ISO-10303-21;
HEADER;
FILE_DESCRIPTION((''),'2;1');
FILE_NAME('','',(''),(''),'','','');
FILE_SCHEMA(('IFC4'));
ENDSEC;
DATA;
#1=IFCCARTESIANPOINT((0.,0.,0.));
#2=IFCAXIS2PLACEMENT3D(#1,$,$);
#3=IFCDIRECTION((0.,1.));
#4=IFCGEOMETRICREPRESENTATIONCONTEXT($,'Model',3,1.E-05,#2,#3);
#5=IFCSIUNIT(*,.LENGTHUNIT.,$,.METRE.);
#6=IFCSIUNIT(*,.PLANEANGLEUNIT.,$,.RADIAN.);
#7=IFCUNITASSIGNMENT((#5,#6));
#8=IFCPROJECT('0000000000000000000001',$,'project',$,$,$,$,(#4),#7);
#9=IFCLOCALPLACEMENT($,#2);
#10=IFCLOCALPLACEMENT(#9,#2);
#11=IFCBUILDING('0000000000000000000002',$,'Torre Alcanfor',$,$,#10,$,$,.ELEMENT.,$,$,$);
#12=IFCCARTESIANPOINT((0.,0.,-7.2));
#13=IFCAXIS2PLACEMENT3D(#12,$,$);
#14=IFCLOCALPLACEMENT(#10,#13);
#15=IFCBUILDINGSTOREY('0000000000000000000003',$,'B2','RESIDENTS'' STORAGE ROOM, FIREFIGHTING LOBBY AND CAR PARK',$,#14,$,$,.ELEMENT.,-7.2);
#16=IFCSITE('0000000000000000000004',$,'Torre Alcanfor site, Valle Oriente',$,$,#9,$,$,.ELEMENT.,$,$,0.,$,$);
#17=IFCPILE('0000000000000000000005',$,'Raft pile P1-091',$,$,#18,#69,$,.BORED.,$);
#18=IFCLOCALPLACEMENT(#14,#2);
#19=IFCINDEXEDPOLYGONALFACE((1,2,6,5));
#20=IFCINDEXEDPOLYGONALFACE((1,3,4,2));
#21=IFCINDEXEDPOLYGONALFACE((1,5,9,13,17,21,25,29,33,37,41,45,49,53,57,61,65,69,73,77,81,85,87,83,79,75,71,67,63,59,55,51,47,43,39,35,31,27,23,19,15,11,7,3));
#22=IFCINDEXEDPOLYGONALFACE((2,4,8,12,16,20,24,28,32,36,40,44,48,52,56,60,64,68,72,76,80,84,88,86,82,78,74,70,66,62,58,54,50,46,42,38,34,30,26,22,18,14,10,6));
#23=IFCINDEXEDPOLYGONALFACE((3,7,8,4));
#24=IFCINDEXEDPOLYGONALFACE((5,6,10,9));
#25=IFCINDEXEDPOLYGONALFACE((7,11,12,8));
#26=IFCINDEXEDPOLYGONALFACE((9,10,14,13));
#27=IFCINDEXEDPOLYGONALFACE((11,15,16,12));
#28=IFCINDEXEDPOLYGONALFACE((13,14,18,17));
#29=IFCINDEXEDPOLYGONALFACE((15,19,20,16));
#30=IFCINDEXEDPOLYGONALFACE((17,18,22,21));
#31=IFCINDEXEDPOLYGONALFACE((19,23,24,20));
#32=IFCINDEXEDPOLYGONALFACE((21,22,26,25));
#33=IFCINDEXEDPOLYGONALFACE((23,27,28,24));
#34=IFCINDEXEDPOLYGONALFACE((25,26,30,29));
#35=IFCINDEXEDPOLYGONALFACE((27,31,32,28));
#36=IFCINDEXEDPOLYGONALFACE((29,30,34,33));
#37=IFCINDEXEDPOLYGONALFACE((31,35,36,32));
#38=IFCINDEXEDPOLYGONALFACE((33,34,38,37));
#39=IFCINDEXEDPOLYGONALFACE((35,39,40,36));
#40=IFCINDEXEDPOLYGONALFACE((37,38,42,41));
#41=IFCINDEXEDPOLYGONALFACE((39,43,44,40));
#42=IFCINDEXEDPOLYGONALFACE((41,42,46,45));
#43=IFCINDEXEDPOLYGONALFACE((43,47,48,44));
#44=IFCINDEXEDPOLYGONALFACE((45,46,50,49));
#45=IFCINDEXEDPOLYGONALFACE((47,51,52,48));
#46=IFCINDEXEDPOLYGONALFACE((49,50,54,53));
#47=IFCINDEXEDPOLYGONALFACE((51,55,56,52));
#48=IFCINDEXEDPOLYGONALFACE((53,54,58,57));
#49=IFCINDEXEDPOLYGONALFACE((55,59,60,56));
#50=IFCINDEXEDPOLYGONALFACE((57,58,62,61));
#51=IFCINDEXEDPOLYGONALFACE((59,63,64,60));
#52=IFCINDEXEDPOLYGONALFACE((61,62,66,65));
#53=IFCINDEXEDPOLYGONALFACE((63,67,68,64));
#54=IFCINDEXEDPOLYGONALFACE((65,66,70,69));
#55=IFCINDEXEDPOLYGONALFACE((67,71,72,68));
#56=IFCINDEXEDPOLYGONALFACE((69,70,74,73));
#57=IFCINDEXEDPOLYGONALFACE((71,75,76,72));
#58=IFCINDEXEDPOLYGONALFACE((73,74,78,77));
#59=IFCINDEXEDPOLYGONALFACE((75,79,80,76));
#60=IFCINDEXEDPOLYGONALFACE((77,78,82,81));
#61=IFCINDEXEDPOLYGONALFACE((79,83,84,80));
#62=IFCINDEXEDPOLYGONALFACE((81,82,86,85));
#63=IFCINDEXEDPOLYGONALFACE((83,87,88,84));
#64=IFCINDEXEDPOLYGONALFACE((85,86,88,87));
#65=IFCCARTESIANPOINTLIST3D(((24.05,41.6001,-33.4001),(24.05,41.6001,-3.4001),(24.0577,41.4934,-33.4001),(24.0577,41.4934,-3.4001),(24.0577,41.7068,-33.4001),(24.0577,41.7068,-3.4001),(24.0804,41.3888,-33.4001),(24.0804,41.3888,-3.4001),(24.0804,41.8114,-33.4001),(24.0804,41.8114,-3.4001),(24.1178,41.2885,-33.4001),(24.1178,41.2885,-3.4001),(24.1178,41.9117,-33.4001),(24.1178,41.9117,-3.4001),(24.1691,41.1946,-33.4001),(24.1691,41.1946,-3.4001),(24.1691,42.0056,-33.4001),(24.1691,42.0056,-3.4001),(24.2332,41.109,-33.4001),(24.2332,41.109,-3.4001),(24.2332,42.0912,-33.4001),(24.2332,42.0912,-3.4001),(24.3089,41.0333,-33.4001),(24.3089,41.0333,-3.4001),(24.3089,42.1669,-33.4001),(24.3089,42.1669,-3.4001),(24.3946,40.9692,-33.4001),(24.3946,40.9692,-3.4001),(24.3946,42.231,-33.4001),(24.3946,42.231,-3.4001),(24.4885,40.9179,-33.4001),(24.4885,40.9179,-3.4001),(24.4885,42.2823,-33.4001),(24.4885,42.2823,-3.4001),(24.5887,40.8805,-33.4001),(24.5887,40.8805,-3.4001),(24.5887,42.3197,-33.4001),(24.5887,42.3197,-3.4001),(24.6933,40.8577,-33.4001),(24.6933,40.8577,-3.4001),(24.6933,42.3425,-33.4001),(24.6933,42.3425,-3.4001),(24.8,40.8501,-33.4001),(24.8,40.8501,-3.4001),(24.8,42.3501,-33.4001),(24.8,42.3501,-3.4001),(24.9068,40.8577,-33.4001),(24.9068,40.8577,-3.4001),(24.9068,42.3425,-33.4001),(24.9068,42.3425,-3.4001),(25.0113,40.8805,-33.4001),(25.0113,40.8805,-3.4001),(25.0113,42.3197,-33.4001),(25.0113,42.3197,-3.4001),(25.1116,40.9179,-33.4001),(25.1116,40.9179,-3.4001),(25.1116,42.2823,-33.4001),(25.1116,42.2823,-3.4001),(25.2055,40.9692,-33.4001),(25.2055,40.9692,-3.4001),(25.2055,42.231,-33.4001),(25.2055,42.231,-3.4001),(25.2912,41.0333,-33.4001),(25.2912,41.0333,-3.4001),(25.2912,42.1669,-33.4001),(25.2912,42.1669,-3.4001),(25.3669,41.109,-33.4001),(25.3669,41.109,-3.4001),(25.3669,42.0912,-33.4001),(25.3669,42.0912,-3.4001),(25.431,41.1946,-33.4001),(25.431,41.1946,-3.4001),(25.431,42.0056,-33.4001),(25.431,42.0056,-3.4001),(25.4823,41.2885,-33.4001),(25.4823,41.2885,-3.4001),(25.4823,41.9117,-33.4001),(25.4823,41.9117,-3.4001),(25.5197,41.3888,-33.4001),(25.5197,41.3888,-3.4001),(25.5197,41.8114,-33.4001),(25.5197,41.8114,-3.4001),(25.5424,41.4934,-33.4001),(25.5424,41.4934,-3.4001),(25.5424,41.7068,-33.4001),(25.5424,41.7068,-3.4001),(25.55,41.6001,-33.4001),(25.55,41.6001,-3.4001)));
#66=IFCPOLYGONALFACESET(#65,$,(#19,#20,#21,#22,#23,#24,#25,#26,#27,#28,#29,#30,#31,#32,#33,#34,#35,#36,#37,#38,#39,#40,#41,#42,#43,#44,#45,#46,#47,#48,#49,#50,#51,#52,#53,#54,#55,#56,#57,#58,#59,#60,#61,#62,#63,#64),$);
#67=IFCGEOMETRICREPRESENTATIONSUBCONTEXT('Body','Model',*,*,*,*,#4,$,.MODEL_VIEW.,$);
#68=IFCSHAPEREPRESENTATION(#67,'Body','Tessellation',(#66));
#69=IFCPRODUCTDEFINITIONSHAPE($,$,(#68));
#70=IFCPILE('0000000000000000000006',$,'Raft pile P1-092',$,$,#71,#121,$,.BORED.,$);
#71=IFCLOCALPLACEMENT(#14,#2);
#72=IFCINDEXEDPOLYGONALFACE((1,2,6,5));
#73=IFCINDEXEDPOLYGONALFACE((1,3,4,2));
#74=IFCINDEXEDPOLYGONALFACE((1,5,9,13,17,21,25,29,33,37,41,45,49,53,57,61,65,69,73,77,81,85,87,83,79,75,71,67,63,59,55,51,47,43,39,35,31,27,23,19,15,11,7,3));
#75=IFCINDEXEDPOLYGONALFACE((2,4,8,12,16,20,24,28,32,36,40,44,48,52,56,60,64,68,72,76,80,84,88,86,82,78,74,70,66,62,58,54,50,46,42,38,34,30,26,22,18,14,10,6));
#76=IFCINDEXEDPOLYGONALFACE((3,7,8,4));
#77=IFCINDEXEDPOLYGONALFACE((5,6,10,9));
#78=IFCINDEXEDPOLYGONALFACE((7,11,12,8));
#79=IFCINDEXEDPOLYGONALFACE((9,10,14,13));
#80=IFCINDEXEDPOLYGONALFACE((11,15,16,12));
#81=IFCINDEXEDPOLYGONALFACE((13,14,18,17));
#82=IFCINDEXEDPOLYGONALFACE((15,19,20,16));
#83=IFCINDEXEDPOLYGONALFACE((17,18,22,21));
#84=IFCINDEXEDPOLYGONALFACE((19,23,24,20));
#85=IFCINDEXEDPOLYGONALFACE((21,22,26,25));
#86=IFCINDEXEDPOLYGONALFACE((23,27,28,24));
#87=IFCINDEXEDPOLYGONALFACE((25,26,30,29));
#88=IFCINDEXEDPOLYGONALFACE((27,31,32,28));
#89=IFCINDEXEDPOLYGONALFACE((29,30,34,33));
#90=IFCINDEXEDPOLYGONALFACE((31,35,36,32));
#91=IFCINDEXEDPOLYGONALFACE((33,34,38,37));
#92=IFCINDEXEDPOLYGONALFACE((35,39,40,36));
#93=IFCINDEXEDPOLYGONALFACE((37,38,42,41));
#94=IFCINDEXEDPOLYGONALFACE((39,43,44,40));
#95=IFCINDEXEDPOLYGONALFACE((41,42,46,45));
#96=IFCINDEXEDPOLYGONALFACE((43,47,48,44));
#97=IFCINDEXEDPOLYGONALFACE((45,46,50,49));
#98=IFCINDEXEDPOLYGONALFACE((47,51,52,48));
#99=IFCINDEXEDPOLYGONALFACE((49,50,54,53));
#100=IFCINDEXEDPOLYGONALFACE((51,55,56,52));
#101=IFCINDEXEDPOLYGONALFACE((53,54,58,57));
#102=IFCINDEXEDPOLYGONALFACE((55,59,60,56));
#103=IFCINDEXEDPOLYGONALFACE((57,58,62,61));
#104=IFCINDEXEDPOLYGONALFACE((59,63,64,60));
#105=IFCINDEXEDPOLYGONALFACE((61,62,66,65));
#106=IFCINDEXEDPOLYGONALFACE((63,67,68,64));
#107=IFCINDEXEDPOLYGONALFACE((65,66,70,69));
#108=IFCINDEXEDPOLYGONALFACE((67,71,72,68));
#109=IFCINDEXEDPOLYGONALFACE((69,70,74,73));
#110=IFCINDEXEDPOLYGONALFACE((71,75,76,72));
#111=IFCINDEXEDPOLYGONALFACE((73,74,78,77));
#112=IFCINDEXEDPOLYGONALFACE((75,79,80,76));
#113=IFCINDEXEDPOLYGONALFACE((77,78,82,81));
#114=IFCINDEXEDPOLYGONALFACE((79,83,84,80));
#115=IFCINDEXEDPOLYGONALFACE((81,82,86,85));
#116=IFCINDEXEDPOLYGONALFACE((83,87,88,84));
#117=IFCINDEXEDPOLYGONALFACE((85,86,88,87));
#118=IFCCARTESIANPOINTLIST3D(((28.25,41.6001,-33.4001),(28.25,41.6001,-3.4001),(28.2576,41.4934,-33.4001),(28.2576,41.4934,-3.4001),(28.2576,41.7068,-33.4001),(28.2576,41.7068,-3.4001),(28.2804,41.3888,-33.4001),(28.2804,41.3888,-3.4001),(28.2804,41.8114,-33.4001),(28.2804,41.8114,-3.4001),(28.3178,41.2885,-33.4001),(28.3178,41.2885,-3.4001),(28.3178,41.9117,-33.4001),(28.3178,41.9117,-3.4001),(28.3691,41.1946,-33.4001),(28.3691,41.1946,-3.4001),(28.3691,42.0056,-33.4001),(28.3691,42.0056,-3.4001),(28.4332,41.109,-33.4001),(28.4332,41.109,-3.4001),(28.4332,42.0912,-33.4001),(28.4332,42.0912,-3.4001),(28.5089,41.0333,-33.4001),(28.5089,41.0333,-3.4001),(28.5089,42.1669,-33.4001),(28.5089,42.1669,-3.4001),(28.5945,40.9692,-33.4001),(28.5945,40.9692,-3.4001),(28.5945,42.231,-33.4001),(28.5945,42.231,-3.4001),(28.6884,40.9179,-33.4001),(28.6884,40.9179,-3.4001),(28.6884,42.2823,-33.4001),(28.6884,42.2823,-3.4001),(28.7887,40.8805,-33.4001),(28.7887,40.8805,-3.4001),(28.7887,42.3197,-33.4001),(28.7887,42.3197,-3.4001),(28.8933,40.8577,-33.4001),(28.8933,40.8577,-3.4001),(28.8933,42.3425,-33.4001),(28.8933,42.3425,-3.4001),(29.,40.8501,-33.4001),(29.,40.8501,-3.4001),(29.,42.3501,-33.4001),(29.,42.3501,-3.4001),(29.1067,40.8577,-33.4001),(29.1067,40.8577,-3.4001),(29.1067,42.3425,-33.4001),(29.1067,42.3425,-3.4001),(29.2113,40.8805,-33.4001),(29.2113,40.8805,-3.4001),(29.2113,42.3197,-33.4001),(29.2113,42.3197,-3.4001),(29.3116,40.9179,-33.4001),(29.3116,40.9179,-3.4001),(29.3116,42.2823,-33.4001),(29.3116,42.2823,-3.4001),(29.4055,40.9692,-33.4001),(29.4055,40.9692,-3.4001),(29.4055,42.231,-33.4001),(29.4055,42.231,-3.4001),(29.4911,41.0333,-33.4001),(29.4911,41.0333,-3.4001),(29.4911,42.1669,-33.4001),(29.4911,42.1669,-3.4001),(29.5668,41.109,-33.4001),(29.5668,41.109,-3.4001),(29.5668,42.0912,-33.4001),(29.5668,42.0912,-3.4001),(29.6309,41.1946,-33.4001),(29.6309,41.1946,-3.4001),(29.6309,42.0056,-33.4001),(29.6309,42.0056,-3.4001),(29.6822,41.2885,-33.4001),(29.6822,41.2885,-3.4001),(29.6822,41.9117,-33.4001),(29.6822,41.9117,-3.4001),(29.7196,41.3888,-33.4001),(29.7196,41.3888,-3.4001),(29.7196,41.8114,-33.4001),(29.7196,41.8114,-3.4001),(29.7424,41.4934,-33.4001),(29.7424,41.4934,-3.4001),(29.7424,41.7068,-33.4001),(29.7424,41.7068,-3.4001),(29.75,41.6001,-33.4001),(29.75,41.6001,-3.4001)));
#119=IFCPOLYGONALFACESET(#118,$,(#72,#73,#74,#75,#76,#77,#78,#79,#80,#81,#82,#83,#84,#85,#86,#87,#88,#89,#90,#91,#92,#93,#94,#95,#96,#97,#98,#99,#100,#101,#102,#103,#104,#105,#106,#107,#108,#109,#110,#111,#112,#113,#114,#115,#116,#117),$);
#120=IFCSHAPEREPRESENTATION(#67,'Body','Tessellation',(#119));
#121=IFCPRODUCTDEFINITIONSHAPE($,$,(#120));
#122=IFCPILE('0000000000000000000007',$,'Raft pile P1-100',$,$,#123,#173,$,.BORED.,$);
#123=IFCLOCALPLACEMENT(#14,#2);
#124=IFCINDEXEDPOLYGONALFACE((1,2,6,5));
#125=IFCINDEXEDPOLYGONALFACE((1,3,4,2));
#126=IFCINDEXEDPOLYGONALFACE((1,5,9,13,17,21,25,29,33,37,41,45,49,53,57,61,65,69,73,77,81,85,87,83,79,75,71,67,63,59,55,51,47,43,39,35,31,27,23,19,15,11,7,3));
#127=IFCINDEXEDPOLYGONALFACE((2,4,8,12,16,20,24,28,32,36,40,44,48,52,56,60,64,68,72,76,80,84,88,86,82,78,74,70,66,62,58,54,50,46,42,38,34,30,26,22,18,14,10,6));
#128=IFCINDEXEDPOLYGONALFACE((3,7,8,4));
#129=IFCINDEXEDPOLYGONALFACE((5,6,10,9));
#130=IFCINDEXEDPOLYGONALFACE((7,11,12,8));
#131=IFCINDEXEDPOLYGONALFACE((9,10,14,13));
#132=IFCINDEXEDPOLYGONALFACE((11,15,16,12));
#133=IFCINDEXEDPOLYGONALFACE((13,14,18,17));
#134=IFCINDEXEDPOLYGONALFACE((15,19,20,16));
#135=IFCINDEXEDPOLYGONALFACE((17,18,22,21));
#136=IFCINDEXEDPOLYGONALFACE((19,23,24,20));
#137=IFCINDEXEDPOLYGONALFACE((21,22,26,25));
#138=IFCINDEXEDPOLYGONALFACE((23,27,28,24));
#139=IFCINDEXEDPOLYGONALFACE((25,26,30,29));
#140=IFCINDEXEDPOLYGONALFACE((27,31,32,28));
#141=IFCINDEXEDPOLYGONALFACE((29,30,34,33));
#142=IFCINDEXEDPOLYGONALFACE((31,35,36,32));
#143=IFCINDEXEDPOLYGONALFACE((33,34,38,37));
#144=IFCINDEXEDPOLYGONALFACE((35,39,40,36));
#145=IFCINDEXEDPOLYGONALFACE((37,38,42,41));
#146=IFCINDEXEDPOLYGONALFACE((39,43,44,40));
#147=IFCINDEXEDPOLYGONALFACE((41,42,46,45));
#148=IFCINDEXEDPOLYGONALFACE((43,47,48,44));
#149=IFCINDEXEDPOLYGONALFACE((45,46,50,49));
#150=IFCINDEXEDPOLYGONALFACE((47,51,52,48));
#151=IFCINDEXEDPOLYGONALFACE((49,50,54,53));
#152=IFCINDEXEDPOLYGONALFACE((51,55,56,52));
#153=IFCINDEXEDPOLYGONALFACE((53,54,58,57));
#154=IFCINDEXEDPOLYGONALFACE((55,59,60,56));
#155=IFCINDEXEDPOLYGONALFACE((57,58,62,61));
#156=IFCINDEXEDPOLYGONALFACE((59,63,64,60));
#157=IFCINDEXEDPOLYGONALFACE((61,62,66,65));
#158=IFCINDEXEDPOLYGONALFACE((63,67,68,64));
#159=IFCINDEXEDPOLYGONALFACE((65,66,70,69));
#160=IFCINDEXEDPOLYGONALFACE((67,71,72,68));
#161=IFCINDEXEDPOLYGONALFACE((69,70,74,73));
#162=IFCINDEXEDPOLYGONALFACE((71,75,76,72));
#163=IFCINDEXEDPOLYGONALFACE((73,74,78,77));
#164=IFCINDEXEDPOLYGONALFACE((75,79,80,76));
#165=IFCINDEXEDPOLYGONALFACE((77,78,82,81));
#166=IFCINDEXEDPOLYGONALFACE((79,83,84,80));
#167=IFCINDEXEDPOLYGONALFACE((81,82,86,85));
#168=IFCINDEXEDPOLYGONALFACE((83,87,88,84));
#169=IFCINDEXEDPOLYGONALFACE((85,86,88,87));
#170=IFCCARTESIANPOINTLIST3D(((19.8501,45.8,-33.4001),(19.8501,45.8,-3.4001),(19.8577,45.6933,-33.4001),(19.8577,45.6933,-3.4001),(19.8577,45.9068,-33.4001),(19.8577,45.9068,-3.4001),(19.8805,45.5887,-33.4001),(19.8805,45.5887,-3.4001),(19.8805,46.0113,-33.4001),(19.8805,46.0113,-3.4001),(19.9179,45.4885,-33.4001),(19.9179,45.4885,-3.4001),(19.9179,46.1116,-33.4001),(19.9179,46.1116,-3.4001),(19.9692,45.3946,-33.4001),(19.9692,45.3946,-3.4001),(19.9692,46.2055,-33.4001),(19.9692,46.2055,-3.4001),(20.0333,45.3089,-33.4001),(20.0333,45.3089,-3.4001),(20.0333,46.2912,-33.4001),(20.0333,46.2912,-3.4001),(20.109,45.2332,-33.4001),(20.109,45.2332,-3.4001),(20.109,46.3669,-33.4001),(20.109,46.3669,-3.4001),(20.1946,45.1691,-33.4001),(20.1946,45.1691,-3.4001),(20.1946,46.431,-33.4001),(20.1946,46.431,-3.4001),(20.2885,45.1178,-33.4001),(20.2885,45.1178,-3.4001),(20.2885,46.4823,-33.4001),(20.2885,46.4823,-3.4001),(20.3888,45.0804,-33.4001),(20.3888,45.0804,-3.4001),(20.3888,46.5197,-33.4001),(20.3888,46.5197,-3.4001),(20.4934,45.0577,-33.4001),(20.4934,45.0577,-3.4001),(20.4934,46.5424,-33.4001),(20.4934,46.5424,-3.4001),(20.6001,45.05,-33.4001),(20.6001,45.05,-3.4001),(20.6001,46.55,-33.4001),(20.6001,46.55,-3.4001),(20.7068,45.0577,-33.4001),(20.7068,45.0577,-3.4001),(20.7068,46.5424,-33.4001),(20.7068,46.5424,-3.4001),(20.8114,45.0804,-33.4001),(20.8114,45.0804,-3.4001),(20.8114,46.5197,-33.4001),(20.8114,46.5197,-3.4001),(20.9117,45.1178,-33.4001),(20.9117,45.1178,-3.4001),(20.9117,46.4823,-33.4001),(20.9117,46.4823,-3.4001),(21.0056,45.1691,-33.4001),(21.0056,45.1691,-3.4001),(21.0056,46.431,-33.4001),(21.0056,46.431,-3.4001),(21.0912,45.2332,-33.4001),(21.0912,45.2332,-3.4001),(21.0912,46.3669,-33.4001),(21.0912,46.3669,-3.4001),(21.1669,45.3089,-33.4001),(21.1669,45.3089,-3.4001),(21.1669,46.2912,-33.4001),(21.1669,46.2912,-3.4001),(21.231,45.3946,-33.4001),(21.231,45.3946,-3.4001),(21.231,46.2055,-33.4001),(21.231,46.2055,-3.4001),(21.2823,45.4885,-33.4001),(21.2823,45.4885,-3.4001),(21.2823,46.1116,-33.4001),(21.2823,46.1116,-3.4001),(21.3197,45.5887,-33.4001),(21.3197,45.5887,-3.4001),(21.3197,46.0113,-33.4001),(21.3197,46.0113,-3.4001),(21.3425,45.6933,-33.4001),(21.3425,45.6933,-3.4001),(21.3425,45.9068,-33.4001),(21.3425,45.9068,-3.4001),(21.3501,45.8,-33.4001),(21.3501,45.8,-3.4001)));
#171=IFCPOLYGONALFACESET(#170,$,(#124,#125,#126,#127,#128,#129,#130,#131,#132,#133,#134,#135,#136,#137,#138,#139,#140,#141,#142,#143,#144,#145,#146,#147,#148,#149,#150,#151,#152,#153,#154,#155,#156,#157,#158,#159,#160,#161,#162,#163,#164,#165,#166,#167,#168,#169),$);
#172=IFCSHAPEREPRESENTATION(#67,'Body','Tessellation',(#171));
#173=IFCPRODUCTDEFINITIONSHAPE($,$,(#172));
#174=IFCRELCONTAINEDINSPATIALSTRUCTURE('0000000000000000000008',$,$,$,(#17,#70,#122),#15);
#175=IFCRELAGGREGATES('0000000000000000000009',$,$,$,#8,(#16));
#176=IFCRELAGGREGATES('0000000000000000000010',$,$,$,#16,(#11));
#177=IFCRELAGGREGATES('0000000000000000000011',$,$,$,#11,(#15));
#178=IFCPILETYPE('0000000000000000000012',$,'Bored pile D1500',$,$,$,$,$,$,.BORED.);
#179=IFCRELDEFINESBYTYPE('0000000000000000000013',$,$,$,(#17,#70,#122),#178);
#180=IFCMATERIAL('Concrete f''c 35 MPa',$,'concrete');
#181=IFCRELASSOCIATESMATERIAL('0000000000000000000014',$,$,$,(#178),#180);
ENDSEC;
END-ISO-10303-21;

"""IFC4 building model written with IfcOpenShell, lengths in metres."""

from ifc_helpers import new_model, si_unit, direction, frame, origin, origin_2d, place, context, subcontext, project, spatial, circle, extrude, material, material_profile, profile_set, type_object, element, save


model = new_model("IFC4")

# Units and contexts
model_context = context("Model", 3, precision=1e-05, world=origin(), true_north=direction((0.0, 1.0)))
body_context = subcontext(model_context, "Body", "Model", "MODEL_VIEW")
ifc_project = project(units=[si_unit("LENGTHUNIT", "METRE"), si_unit("PLANEANGLEUNIT", "RADIAN")], contexts=[model_context])

# Site, building, storey
site_placement = place(None, origin())
site = spatial("IfcSite", under=ifc_project, at=site_placement, Name="Torre Alcanfor site, Valle Oriente", CompositionType="ELEMENT", RefElevation=0.0)
building_placement = place(site_placement, origin())
building = spatial("IfcBuilding", under=site, at=building_placement, Name="Torre Alcanfor", CompositionType="ELEMENT")
storey_placement = place(building_placement, frame((0.0, 0.0, -7.2)))
storey = spatial("IfcBuildingStorey", under=building, at=storey_placement, Name="B2", Description="RESIDENTS' STORAGE ROOM, FIREFIGHTING LOBBY AND CAR PARK", CompositionType="ELEMENT", Elevation=-7.2)

# Piles
ifc_material_1 = material(Name="Concrete f'c 35 MPa", Category="concrete")
ifc_material_profile_1 = material_profile(ifc_material_1, circle(Radius=0.75, at=origin_2d()), Name="D1500")
ifc_profile_set_1 = profile_set([ifc_material_profile_1], Name="Concrete f'c 35 MPa")
pile_type = type_object("IfcPileType", Name="Bored pile D1500", PredefinedType="BORED", material=ifc_profile_set_1)
for number, where, z_axis, x_axis, name in (
    (1, (24.8, 41.6001, -3.4001), (0.0, 0.0, -1.0), (1.0, 0.0, 0.0), "Raft pile P1-091"),
    (2, (29.0, 41.6001, -3.4001), (0.0, 0.0, -1.0), (1.0, 0.0, 0.0), "Raft pile P1-092"),
    (3, (20.6001, 45.8, -3.4001), (0.0, 0.0, -1.0), (1.0, 0.0, 0.0), "Raft pile P1-100"),
):
    element("IfcPile", number, at=place(storey_placement, frame(where, z_axis=z_axis, x_axis=x_axis)), inside=storey, type_object=pile_type, Name=name, PredefinedType="BORED", context=body_context, shape_type="SweptSolid", body=[
        extrude(circle(Radius=0.75, at=origin_2d()), origin(), (0.0, 0.0, 1.0), 30.0),
    ])

save(model, "model.ifc")
